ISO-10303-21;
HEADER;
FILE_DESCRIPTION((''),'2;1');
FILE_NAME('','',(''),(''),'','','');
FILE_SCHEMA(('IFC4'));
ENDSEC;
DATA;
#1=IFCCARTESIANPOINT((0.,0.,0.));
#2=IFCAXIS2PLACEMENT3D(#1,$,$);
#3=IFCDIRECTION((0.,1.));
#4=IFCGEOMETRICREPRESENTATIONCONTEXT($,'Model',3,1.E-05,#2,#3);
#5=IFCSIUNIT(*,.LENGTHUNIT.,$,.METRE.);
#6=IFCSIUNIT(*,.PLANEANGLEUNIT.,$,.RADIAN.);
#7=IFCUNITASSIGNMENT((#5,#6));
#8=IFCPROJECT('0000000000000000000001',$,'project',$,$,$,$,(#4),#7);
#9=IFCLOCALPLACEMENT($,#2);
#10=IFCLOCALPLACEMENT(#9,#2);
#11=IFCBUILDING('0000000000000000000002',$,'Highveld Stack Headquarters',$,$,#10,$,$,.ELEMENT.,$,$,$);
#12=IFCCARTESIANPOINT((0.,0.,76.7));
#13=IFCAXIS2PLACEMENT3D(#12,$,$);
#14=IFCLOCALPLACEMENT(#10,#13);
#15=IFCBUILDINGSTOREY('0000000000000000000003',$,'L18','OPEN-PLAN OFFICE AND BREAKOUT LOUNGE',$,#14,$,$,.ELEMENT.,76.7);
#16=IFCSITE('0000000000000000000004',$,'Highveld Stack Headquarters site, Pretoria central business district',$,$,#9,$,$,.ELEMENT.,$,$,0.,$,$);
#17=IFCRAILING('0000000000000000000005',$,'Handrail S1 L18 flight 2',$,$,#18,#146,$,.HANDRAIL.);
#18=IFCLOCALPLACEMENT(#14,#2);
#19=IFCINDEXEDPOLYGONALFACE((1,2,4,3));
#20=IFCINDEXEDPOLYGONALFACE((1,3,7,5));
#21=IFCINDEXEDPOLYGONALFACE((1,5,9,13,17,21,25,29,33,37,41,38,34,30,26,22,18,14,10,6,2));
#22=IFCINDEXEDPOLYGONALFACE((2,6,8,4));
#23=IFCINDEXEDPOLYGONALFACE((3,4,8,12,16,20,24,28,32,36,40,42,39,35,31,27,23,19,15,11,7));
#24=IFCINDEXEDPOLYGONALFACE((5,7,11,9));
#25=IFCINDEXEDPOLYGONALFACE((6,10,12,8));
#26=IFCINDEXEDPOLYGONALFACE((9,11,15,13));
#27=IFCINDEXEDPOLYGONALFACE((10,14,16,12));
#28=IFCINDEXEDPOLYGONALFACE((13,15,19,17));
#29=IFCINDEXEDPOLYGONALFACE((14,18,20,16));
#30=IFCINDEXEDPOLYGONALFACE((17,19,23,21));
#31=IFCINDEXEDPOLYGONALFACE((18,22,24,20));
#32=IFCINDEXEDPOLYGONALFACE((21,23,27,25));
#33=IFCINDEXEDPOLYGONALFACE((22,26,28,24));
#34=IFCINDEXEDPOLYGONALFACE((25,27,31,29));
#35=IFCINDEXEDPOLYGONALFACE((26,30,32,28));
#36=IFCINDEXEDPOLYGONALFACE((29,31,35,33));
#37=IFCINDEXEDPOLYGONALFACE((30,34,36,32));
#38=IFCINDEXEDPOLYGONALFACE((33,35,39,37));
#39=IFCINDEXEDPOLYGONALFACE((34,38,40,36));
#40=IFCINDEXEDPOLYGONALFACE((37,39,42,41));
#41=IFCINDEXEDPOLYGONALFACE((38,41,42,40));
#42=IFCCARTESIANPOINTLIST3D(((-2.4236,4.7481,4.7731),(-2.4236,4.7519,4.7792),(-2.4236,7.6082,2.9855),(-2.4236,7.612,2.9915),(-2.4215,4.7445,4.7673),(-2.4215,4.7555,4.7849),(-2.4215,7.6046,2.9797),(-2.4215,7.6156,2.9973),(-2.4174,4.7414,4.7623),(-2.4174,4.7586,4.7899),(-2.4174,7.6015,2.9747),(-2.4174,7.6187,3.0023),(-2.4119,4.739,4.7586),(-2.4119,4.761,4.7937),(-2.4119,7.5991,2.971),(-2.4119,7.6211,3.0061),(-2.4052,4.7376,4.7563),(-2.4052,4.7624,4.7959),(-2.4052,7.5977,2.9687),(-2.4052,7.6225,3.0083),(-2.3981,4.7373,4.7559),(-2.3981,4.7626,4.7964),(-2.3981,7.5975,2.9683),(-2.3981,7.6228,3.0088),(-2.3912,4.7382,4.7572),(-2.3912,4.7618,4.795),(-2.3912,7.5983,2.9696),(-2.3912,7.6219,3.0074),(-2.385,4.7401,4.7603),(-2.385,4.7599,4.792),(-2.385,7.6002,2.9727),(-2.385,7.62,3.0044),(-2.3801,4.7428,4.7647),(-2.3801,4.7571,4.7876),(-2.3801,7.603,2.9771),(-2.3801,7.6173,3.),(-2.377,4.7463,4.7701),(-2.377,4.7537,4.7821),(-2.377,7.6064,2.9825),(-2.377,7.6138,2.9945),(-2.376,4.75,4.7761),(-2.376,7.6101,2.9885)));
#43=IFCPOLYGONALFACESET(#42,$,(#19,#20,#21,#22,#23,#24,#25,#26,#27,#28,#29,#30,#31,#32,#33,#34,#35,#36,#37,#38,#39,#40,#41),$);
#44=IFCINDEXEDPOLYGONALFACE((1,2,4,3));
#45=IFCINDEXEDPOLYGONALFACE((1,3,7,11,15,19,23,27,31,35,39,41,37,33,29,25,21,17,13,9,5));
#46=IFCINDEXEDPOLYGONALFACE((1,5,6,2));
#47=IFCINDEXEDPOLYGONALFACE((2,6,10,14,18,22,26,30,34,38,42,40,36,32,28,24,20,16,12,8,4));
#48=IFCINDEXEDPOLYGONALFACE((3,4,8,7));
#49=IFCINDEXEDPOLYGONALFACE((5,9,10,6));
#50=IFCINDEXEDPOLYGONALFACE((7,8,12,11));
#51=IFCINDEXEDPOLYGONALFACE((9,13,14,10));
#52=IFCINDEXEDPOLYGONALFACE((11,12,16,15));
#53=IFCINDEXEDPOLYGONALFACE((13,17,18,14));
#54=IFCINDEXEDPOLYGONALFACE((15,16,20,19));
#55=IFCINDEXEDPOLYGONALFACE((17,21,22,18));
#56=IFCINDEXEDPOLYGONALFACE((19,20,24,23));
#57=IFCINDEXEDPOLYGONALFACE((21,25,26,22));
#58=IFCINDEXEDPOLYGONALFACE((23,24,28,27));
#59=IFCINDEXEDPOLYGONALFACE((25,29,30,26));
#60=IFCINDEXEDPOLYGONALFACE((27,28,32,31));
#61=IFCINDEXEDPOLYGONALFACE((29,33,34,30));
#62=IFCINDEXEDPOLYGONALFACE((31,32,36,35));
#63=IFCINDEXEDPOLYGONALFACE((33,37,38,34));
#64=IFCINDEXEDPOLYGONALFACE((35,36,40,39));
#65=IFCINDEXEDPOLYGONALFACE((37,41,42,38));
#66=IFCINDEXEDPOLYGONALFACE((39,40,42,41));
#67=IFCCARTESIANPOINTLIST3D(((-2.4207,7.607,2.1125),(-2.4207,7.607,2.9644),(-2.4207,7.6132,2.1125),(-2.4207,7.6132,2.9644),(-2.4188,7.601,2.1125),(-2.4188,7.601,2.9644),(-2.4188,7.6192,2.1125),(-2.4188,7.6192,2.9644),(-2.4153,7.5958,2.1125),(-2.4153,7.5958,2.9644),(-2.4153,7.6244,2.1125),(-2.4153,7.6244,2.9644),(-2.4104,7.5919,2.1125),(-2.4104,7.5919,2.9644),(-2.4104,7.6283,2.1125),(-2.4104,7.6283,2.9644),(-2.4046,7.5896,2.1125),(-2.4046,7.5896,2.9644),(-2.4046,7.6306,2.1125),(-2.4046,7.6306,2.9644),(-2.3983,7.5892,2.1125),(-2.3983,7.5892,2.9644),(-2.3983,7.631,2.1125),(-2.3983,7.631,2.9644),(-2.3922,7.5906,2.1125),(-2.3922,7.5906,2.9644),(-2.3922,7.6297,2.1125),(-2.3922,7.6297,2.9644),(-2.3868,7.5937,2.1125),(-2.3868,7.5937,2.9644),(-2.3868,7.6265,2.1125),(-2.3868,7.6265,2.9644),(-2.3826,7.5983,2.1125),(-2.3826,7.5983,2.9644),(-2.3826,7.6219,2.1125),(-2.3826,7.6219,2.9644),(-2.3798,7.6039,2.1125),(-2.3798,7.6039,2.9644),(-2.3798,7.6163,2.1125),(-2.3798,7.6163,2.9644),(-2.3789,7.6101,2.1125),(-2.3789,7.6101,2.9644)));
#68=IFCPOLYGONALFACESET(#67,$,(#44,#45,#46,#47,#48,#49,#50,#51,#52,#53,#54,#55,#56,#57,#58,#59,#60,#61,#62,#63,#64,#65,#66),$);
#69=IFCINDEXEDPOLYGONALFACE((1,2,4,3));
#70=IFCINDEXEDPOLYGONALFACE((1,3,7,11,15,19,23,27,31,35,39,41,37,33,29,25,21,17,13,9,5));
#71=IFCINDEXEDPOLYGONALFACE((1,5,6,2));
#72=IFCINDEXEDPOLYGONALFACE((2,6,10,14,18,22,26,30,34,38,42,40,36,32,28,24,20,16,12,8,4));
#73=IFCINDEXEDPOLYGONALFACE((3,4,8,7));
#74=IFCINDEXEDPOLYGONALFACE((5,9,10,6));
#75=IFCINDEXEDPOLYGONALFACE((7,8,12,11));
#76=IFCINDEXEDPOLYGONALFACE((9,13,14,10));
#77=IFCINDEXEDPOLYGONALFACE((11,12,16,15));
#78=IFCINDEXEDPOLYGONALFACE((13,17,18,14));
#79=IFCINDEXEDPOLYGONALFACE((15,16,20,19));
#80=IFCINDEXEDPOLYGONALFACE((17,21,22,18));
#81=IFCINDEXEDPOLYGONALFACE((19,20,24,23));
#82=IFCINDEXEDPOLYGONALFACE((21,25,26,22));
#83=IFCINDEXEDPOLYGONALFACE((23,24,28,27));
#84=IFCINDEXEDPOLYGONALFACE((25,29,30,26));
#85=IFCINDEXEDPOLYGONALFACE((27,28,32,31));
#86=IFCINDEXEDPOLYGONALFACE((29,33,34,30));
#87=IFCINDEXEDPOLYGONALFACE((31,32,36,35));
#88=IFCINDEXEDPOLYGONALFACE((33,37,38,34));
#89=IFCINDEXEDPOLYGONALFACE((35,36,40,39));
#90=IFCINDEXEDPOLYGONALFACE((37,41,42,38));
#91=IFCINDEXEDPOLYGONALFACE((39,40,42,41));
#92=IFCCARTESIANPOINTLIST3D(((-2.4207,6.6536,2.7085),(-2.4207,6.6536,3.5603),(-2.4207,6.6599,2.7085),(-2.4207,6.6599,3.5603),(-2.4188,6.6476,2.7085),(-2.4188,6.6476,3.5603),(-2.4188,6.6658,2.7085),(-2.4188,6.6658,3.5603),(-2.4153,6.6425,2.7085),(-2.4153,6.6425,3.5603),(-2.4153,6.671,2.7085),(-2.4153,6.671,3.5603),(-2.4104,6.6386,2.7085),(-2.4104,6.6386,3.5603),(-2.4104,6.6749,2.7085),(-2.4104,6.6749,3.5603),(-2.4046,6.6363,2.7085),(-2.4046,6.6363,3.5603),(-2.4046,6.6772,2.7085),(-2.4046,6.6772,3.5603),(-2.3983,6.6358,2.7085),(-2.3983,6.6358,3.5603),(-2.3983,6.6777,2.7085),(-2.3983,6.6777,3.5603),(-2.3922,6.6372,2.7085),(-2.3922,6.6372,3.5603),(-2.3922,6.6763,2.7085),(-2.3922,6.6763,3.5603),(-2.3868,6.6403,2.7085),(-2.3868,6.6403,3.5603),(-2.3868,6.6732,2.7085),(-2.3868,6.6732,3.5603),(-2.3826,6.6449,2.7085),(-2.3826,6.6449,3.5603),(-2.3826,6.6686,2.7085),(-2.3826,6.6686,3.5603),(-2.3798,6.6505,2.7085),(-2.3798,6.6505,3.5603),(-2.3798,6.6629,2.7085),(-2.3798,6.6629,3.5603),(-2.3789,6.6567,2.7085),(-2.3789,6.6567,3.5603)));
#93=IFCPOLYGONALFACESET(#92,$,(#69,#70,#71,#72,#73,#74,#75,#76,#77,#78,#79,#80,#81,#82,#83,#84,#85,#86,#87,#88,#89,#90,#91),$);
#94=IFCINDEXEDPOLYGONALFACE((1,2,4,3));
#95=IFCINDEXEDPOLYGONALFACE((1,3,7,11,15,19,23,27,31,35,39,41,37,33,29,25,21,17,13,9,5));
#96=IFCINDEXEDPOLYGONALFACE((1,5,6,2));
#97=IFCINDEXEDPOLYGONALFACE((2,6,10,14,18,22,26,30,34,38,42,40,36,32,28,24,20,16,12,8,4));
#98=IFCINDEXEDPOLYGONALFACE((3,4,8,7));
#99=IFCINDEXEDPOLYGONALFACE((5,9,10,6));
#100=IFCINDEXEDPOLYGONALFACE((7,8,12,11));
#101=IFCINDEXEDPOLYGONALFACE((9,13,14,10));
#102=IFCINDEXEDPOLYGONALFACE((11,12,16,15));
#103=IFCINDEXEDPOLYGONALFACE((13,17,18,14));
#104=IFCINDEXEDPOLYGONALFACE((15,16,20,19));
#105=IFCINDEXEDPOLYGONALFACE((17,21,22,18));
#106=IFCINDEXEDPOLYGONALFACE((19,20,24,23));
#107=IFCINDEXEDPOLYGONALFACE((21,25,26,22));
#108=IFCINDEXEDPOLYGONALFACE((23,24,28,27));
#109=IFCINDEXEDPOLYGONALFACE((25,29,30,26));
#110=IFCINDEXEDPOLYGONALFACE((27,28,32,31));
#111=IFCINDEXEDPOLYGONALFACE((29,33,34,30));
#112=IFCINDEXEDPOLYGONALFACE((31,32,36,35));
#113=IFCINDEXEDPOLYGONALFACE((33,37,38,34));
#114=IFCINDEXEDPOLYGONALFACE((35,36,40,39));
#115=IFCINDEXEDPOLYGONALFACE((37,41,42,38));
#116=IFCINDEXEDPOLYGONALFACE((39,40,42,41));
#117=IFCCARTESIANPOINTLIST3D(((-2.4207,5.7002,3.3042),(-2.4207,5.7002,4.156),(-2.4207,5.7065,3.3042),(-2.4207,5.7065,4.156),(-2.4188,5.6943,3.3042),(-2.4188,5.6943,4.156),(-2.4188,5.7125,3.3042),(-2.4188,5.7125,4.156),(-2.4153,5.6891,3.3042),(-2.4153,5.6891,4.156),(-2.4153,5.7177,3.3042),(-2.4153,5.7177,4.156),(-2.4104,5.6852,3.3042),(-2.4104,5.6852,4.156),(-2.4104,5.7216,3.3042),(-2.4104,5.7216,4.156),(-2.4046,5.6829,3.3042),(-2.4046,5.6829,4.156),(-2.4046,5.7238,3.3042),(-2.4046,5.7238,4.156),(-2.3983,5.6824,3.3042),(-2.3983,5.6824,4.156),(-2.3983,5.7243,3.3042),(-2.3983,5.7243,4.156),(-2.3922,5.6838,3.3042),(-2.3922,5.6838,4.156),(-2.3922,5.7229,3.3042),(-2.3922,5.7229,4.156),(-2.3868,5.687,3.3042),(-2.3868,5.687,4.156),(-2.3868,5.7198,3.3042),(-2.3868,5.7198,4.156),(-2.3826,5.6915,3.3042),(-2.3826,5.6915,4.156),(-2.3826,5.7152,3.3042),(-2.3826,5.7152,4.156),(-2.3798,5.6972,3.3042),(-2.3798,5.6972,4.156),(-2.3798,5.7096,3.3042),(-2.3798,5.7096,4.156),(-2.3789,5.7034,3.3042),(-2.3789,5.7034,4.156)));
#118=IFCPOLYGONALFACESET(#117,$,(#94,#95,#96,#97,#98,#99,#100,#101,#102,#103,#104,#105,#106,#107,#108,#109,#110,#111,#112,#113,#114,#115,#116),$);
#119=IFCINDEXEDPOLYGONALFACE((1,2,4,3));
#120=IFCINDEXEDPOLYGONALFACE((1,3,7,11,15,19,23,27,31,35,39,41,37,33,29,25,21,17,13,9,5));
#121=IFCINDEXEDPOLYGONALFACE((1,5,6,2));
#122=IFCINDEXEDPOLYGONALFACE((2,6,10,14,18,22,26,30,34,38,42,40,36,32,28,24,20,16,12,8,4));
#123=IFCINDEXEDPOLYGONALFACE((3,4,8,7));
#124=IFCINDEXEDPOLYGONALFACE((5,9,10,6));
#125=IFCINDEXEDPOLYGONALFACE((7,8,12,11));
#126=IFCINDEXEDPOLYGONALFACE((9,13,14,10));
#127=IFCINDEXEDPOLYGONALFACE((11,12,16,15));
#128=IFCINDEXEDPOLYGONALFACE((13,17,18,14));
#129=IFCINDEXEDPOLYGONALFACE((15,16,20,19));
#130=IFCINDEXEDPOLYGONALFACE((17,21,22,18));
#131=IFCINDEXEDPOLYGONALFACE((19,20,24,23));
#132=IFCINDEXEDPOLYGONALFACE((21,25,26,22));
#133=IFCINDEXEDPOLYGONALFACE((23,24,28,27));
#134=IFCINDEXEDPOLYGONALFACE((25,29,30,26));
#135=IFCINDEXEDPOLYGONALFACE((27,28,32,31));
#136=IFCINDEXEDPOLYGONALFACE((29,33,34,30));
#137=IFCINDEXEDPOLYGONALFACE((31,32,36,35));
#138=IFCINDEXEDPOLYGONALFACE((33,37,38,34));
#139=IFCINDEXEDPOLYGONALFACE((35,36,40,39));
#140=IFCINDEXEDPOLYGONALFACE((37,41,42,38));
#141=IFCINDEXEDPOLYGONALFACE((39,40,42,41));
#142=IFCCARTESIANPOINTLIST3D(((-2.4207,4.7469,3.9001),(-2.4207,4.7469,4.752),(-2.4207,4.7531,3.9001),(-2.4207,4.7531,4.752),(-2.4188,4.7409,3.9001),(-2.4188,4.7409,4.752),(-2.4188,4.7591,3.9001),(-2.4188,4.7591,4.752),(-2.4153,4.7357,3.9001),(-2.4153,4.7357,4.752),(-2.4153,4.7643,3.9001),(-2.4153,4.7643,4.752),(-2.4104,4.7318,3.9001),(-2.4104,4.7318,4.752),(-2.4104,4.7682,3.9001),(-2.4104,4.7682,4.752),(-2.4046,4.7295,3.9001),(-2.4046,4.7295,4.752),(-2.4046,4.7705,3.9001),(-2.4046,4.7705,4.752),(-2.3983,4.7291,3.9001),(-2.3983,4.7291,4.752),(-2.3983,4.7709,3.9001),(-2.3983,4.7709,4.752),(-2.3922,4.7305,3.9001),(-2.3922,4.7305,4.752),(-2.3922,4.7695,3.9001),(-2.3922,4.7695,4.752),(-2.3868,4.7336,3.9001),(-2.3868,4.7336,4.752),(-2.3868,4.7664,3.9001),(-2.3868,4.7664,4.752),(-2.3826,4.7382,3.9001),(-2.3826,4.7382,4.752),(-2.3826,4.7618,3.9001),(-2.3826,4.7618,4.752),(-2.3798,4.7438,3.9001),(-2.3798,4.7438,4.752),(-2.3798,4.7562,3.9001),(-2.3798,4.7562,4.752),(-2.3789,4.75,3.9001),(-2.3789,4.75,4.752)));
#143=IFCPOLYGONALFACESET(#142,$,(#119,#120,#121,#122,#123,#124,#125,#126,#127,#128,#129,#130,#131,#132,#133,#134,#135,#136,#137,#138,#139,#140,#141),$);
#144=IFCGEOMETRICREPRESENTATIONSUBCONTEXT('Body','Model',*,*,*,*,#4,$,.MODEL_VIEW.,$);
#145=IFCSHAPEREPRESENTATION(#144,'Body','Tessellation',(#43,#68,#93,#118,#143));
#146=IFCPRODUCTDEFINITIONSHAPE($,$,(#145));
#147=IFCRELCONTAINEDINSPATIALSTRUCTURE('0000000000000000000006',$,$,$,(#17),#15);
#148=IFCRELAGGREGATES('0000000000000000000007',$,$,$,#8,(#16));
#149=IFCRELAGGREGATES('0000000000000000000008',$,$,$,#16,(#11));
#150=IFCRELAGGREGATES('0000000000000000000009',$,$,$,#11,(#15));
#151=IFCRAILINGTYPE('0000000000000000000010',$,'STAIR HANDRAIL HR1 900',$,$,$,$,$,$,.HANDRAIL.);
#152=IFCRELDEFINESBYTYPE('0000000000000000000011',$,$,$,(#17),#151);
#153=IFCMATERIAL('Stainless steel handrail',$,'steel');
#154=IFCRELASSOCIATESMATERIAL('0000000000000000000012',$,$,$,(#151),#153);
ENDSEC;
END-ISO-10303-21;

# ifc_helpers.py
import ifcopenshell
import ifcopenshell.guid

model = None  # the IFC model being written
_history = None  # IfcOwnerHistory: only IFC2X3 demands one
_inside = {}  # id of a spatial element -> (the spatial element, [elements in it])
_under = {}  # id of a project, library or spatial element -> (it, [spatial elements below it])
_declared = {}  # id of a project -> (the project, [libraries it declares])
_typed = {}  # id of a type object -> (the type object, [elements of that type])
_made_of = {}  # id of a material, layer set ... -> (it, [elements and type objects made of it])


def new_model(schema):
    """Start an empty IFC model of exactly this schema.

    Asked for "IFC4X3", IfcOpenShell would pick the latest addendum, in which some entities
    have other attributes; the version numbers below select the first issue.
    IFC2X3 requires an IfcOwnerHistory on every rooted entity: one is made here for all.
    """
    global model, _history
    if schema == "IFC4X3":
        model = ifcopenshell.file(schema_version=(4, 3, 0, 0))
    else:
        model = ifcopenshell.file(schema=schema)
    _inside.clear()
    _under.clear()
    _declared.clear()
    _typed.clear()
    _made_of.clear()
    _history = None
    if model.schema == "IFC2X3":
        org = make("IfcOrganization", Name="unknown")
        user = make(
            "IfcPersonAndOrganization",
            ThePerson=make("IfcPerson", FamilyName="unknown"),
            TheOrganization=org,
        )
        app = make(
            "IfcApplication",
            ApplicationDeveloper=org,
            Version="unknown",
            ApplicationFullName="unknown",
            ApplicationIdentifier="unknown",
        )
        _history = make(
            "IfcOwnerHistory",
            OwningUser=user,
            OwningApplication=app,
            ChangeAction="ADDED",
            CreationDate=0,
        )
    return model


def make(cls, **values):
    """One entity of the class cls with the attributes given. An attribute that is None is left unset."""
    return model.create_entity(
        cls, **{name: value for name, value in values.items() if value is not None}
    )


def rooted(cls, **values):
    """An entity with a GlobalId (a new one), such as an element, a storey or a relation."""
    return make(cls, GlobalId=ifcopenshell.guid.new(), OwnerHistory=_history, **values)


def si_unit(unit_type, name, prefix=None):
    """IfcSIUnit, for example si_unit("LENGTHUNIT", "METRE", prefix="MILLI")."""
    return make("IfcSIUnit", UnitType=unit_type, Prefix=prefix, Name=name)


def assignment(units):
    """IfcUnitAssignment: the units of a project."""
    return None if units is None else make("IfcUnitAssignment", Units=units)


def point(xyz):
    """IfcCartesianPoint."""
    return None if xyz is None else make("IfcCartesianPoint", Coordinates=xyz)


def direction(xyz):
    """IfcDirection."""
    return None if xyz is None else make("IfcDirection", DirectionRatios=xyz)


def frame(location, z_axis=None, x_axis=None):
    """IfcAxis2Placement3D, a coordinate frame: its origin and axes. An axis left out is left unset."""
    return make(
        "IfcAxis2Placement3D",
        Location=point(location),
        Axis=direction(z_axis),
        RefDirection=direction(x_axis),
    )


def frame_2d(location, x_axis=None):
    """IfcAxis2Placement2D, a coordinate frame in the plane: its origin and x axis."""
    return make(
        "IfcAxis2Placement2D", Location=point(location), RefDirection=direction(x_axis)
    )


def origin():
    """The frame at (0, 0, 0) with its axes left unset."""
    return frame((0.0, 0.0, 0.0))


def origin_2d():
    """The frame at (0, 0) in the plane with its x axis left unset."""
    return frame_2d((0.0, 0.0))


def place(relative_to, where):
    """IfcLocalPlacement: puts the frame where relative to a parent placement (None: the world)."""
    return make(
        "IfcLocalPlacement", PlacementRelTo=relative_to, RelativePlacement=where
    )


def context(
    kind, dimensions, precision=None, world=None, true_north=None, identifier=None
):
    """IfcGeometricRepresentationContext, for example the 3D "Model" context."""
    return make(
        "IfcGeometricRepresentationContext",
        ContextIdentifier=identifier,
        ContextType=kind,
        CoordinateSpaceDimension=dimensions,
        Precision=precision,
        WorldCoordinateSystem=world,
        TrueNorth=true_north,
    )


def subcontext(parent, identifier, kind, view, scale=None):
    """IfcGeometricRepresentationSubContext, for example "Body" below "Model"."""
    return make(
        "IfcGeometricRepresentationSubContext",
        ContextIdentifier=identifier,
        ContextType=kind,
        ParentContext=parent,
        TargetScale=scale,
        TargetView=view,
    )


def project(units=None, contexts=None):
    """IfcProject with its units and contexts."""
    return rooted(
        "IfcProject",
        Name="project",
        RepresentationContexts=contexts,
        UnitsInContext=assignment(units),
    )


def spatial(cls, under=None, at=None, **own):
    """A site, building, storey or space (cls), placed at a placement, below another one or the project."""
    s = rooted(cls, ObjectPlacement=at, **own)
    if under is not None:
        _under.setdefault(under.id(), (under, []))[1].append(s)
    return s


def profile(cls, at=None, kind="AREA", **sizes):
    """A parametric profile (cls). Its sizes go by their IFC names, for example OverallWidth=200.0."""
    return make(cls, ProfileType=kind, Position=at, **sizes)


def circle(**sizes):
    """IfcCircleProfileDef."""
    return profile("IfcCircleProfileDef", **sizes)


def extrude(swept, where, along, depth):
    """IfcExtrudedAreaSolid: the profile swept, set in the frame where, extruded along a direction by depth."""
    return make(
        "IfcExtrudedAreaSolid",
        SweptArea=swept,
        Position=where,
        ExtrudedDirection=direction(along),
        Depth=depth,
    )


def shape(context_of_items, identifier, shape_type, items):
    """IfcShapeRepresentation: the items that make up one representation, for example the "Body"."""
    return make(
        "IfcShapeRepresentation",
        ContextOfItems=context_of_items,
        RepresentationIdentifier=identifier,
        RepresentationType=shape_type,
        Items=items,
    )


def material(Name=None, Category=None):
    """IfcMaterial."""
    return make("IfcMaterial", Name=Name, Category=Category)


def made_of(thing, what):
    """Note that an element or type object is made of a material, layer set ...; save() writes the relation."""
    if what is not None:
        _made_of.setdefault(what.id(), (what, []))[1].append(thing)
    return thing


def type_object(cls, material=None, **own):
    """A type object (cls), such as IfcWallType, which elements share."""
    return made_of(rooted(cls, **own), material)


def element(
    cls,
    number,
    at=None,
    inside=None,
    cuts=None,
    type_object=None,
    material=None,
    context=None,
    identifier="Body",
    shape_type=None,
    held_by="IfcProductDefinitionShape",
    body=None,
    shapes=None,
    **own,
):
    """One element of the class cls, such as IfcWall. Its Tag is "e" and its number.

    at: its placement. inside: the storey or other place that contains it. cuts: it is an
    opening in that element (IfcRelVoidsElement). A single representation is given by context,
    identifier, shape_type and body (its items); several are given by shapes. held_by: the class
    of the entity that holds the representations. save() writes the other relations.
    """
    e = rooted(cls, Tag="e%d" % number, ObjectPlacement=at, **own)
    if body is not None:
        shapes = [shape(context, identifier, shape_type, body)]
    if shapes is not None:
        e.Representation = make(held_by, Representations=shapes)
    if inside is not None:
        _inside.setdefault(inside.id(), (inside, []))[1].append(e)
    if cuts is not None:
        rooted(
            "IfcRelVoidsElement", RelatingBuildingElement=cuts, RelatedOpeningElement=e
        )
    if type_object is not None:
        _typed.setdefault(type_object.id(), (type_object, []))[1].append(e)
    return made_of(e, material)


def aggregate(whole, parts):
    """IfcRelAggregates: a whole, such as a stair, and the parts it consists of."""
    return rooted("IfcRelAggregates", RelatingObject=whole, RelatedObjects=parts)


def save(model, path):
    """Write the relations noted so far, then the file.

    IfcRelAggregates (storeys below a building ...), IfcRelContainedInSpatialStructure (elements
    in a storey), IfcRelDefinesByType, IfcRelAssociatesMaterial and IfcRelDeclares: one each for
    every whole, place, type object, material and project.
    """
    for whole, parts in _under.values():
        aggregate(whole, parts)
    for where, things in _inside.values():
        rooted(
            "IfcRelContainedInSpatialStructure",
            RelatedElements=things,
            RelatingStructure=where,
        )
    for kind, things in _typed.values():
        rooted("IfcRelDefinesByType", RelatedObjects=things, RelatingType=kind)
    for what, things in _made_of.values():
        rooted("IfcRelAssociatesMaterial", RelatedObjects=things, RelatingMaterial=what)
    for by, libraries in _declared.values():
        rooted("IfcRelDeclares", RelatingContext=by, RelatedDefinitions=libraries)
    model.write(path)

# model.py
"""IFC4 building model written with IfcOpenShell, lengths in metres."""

from ifc_helpers import new_model, si_unit, direction, frame, origin, origin_2d, place, context, subcontext, project, spatial, circle, extrude, material, type_object, element, save


model = new_model("IFC4")

# Units and contexts
model_context = context("Model", 3, precision=1e-05, world=origin(), true_north=direction((0.0, 1.0)))
body_context = subcontext(model_context, "Body", "Model", "MODEL_VIEW")
ifc_project = project(units=[si_unit("LENGTHUNIT", "METRE"), si_unit("PLANEANGLEUNIT", "RADIAN")], contexts=[model_context])

# Site, building, storey
site_placement = place(None, origin())
site = spatial("IfcSite", under=ifc_project, at=site_placement, Name="Highveld Stack Headquarters site, Pretoria central business district", CompositionType="ELEMENT", RefElevation=0.0)
building_placement = place(site_placement, origin())
building = spatial("IfcBuilding", under=site, at=building_placement, Name="Highveld Stack Headquarters", CompositionType="ELEMENT")
storey_placement = place(building_placement, frame((0.0, 0.0, 76.7)))
storey = spatial("IfcBuildingStorey", under=building, at=storey_placement, Name="L18", Description="OPEN-PLAN OFFICE AND BREAKOUT LOUNGE", CompositionType="ELEMENT", Elevation=76.7)

# Railing
ifc_material_1 = material(Name="Stainless steel handrail", Category="steel")
railing_type = type_object("IfcRailingType", Name="STAIR HANDRAIL HR1 900", PredefinedType="HANDRAIL", material=ifc_material_1)
for number, where, name in (
    (1, (-2.3999, 7.6101, 2.1125), "Handrail S1 L18 flight 2"),
):
    element("IfcRailing", number, at=place(storey_placement, frame(where)), inside=storey, type_object=railing_type, Name=name, PredefinedType="HANDRAIL", context=body_context, shape_type="SweptSolid", body=[
        extrude(circle(Radius=0.0239, at=origin_2d()), frame((0.0, 0.0, 0.876), z_axis=(0.0, -0.847994, 0.530005), x_axis=(1.0, 0.0, 0.0)), (0.0, 0.0, 1.0), 3.3728),
        extrude(circle(Radius=0.021, at=origin_2d()), origin(), (0.0, 0.0, 1.0), 0.8518),
        extrude(circle(Radius=0.021, at=origin_2d()), frame((0.0, -0.9534, 0.5959)), (0.0, 0.0, 1.0), 0.8518),
        extrude(circle(Radius=0.021, at=origin_2d()), frame((0.0, -1.9067, 1.1917)), (0.0, 0.0, 1.0), 0.8518),
        extrude(circle(Radius=0.021, at=origin_2d()), frame((0.0, -2.8601, 1.7876)), (0.0, 0.0, 1.0), 0.8518),
    ])

save(model, "model.ifc")
